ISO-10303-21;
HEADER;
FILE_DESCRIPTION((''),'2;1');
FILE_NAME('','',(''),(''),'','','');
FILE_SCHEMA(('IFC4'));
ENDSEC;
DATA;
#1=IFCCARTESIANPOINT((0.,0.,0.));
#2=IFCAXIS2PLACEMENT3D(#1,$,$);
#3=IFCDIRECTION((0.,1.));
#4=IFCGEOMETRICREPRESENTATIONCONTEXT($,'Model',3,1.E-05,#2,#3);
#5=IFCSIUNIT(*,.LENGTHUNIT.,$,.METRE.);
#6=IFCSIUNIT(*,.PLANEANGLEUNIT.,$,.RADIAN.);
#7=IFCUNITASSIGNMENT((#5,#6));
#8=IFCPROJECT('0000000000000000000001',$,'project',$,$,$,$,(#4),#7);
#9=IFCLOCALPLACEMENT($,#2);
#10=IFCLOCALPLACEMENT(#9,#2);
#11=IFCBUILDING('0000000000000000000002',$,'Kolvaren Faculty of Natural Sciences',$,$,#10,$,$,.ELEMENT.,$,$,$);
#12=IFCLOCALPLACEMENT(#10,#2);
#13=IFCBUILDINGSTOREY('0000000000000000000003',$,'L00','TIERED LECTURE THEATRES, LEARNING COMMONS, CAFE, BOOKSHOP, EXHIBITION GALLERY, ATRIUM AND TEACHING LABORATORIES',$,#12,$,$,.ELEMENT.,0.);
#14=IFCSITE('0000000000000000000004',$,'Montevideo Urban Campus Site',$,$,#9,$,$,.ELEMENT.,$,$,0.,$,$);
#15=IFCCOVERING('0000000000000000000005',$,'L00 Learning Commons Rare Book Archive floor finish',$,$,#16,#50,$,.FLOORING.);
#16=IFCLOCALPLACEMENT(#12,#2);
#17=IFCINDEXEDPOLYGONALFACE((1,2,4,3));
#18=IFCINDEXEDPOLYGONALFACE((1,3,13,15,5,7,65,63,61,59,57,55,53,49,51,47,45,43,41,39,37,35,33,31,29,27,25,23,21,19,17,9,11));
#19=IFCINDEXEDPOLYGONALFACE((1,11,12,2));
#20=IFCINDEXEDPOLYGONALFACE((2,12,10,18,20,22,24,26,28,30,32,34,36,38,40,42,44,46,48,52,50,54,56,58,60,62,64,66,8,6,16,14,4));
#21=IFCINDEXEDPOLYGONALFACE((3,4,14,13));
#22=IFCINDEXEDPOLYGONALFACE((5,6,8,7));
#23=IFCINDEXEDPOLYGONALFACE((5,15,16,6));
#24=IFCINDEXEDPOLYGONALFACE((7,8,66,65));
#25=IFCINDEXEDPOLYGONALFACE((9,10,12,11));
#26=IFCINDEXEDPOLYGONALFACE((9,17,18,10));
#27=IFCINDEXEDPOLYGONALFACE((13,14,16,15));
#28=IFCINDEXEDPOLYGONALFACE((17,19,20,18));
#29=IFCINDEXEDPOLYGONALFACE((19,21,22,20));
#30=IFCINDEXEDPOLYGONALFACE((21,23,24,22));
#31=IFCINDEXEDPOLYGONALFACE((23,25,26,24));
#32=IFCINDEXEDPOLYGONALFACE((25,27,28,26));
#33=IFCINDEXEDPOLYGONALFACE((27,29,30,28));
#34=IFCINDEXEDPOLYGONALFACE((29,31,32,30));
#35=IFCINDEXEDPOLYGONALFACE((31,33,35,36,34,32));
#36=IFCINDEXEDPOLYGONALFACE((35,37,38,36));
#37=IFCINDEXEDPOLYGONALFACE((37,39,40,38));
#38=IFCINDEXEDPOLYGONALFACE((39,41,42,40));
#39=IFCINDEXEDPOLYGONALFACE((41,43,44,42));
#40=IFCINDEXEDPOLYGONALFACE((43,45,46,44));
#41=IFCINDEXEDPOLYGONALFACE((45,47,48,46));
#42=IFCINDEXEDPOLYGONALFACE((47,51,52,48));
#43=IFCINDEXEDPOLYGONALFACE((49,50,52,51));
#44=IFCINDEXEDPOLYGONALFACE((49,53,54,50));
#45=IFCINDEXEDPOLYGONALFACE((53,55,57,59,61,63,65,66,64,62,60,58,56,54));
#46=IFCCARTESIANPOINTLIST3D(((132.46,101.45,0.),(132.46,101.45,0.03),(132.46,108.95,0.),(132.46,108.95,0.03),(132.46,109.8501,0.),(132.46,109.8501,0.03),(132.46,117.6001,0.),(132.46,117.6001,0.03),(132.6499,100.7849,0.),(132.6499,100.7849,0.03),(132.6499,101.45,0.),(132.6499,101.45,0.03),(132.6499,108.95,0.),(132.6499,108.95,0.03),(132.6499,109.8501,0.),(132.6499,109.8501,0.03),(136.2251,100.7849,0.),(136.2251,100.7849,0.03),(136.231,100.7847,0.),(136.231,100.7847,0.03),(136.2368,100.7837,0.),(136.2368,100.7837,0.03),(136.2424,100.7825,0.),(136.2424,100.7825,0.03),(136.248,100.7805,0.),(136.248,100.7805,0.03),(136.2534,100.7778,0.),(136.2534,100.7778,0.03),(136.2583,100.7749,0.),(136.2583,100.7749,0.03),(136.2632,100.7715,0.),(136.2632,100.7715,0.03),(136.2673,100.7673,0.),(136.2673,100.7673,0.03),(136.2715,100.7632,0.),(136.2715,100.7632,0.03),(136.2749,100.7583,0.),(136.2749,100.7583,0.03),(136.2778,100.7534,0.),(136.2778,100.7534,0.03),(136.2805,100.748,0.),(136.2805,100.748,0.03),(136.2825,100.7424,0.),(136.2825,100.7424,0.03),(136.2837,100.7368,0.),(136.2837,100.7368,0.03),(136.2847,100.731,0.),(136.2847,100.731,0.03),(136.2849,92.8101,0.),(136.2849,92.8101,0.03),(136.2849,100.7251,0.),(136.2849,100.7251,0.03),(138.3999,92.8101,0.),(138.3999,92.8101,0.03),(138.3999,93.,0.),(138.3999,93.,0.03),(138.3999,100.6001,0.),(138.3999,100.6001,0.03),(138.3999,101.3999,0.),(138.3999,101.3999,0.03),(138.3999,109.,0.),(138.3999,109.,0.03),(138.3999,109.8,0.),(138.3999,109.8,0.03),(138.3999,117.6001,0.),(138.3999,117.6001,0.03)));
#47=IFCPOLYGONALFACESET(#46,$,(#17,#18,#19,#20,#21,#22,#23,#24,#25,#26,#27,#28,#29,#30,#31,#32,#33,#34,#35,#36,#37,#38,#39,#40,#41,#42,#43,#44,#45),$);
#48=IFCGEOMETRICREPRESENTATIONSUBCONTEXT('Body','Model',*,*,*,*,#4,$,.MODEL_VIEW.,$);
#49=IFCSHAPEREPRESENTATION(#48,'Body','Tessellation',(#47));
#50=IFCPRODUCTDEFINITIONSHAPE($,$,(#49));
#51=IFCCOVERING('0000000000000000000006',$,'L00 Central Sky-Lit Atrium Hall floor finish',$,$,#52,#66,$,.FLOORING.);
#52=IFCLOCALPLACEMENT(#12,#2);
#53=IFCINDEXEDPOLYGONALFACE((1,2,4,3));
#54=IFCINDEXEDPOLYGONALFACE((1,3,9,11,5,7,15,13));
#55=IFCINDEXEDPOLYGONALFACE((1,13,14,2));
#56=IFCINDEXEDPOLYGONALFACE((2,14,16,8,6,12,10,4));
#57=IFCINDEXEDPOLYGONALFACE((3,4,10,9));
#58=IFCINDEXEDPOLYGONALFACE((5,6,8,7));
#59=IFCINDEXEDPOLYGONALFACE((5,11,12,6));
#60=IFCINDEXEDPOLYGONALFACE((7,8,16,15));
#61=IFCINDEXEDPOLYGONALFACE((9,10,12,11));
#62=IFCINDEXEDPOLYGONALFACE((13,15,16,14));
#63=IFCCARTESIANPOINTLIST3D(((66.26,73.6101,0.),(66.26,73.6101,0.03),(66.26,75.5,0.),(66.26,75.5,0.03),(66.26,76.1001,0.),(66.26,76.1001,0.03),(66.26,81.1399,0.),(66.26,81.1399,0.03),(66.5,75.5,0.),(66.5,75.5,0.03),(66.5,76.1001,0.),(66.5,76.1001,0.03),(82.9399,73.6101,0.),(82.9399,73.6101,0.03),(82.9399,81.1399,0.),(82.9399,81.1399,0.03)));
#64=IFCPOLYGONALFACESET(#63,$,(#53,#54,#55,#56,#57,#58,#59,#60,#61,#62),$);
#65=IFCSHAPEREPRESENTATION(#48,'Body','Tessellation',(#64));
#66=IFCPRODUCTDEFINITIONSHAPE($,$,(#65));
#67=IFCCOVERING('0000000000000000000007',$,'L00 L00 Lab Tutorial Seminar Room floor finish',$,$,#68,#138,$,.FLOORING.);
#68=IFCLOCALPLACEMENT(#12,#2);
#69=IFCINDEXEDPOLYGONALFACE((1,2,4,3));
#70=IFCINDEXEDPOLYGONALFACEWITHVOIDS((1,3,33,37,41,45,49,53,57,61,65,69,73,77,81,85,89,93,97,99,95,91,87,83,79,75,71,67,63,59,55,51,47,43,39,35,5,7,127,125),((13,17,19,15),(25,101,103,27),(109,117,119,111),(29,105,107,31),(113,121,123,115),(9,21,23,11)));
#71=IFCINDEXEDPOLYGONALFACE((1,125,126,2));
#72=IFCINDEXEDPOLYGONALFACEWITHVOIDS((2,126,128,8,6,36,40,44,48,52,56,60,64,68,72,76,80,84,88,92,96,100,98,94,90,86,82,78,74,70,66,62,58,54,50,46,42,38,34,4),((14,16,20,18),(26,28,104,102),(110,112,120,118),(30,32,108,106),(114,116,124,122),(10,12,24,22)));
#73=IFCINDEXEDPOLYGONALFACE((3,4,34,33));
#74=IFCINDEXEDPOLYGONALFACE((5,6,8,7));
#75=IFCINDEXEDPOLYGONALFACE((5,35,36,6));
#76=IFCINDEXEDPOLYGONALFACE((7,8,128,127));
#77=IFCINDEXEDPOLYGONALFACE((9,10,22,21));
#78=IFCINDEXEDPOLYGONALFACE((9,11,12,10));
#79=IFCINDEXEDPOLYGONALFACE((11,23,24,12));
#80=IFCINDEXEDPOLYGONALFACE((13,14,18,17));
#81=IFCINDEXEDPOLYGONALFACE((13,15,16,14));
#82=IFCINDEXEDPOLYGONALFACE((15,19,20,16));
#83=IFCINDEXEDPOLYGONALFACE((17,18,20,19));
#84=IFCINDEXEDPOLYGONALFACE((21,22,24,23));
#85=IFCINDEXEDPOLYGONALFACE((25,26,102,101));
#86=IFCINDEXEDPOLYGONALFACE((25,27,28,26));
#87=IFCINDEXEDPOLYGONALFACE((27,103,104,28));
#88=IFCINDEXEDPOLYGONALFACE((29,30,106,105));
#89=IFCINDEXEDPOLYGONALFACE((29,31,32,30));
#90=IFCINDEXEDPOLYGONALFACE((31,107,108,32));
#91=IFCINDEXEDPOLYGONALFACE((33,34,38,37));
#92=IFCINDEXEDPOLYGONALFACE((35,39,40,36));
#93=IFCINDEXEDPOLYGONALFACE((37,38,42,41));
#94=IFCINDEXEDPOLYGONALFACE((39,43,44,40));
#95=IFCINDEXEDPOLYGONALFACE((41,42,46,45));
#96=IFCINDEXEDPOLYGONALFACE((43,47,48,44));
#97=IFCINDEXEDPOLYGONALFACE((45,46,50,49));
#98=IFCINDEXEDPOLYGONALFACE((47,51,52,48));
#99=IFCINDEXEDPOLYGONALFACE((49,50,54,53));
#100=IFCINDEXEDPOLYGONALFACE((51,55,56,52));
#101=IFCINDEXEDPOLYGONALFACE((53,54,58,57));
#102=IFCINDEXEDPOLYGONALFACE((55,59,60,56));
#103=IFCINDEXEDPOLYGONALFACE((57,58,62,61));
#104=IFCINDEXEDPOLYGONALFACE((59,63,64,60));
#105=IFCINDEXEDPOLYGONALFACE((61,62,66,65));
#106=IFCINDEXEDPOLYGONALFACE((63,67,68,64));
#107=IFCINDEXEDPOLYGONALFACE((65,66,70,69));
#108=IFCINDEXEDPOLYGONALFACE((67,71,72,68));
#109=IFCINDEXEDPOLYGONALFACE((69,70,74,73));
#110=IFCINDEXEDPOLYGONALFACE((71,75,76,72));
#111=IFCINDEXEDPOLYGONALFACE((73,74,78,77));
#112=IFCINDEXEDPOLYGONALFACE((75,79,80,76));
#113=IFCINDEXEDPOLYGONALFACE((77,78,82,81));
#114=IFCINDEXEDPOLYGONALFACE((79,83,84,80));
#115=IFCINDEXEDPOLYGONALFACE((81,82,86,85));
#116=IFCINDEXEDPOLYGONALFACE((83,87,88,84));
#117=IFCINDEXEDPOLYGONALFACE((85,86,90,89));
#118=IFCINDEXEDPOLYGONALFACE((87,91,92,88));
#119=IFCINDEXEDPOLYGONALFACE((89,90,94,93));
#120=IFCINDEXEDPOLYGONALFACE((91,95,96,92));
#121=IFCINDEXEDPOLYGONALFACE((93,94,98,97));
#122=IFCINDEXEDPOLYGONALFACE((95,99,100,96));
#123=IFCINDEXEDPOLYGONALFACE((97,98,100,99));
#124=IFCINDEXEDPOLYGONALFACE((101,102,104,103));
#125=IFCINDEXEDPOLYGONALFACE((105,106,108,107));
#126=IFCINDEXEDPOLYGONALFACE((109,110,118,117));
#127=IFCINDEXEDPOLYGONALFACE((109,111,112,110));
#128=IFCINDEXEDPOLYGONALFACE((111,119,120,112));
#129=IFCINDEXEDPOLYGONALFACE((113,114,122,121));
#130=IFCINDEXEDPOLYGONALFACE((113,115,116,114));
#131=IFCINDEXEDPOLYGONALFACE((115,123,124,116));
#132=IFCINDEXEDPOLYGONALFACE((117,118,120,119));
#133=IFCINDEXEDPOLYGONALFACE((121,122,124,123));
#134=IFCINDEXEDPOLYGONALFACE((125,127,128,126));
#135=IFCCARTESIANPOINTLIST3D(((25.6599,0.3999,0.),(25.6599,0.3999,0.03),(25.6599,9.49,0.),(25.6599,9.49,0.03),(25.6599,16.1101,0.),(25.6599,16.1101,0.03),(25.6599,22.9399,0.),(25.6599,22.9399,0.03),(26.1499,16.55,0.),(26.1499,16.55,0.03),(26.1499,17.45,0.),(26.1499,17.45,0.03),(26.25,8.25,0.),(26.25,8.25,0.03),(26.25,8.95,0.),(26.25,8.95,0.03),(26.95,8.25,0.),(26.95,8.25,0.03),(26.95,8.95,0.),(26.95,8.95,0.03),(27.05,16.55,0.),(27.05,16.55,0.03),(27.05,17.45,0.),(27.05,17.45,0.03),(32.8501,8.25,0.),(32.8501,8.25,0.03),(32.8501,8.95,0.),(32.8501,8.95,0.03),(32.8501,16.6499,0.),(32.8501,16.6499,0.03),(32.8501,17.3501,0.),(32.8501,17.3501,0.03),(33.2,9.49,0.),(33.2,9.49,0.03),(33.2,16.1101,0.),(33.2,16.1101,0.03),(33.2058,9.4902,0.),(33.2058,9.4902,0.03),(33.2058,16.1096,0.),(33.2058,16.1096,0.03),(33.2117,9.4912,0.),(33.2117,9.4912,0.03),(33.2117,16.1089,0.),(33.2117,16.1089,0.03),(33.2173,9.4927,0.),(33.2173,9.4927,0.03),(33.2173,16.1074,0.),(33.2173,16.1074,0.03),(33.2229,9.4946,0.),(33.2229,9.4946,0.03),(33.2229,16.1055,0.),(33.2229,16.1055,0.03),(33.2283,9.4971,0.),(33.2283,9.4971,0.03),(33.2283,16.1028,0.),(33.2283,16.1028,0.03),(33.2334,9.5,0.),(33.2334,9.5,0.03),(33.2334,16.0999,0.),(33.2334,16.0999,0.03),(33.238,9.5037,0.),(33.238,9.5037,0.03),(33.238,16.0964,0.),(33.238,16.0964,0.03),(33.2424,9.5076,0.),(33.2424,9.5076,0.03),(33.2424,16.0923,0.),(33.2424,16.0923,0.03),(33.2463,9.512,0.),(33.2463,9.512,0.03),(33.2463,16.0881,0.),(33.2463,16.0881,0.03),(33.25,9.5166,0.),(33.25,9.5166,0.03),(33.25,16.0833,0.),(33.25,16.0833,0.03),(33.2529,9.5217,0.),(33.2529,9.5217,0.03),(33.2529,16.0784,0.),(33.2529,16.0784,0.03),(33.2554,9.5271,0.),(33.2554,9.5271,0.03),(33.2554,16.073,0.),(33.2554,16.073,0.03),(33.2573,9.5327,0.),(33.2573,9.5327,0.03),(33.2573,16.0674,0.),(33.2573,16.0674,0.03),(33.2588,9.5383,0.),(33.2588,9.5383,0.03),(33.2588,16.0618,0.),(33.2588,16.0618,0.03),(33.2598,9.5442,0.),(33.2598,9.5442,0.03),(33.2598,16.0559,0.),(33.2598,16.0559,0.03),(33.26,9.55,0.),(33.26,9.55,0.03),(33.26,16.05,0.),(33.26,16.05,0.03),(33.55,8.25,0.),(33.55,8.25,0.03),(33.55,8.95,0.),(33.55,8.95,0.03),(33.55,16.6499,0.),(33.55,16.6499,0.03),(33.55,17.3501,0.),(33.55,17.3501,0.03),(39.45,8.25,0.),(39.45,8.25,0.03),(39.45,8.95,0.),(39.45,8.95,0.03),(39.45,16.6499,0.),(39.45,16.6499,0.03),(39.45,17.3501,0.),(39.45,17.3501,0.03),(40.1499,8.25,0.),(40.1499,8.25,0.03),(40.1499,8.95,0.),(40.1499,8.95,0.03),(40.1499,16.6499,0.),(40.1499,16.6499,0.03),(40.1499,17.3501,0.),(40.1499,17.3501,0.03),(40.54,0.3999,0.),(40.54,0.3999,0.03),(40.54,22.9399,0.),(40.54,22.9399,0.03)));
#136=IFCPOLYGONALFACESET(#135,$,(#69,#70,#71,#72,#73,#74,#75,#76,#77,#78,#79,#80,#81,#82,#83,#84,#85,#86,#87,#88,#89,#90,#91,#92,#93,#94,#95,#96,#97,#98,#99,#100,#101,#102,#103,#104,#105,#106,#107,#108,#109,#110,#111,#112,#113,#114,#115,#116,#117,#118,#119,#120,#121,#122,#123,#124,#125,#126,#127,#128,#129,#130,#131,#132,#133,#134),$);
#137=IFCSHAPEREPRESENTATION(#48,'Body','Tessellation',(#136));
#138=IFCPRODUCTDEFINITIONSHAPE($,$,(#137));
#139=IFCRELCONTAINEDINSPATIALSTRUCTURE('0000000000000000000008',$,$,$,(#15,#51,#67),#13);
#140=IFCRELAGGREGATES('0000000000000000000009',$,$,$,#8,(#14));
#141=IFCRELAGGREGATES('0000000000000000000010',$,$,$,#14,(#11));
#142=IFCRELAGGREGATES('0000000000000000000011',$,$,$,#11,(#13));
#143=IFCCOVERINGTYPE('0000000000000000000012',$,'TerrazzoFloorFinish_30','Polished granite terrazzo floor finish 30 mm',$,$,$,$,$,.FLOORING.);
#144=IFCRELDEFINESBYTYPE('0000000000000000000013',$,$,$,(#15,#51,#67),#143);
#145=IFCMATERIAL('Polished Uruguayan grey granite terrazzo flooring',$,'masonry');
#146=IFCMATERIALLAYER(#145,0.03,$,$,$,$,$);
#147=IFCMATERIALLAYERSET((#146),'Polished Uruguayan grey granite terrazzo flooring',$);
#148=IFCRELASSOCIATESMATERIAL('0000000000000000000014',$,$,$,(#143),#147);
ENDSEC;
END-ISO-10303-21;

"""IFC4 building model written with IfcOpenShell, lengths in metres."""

from ifc_helpers import new_model, si_unit, direction, origin, place, context, subcontext, project, spatial, polyline, outline, extrude, material, layer, layer_set, type_object, element, save


model = new_model("IFC4")

# Units and contexts
model_context = context("Model", 3, precision=1e-05, world=origin(), true_north=direction((0.0, 1.0)))
body_context = subcontext(model_context, "Body", "Model", "MODEL_VIEW")
ifc_project = project(units=[si_unit("LENGTHUNIT", "METRE"), si_unit("PLANEANGLEUNIT", "RADIAN")], contexts=[model_context])

# Site, building, storey
site_placement = place(None, origin())
site = spatial("IfcSite", under=ifc_project, at=site_placement, Name="Montevideo Urban Campus Site", CompositionType="ELEMENT", RefElevation=0.0)
building_placement = place(site_placement, origin())
building = spatial("IfcBuilding", under=site, at=building_placement, Name="Kolvaren Faculty of Natural Sciences", CompositionType="ELEMENT")
storey_placement = place(building_placement, origin())
storey = spatial("IfcBuildingStorey", under=building, at=storey_placement, Name="L00", Description="TIERED LECTURE THEATRES, LEARNING COMMONS, CAFE, BOOKSHOP, EXHIBITION GALLERY, ATRIUM AND TEACHING LABORATORIES", CompositionType="ELEMENT", Elevation=0.0)

# Coverings
ifc_material_1 = material(Name="Polished Uruguayan grey granite terrazzo flooring", Category="masonry")
ifc_layer_1 = layer(ifc_material_1, 0.03)
ifc_layer_set_1 = layer_set([ifc_layer_1], Name="Polished Uruguayan grey granite terrazzo flooring")
covering_type_1 = type_object("IfcCoveringType", Name="TerrazzoFloorFinish_30", Description="Polished granite terrazzo floor finish 30 mm", PredefinedType="FLOORING", material=ifc_layer_set_1)
covering_1_placement = place(storey_placement, origin())
element("IfcCovering", 1, at=covering_1_placement, inside=storey, type_object=covering_type_1, Name="L00 Learning Commons Rare Book Archive floor finish", PredefinedType="FLOORING", context=body_context, shape_type="SweptSolid", body=[
    extrude(outline(polyline([(132.46, 108.95), (132.6499, 108.95), (132.6499, 109.8501), (132.46, 109.8501), (132.46, 117.6001), (138.3999, 117.6001), (138.3999, 109.8), (138.3999, 109.0), (138.3999, 101.3999), (138.3999, 100.6001), (138.3999, 93.0), (138.3999, 92.8101), (136.2849, 92.8101), (136.2849, 100.7251), (136.2847, 100.731), (136.2837, 100.7368), (136.2825, 100.7424), (136.2805, 100.748), (136.2778, 100.7534), (136.2749, 100.7583), (136.2715, 100.7632), (136.2673, 100.7673), (136.2632, 100.7715), (136.2583, 100.7749), (136.2534, 100.7778), (136.248, 100.7805), (136.2424, 100.7825), (136.2368, 100.7837), (136.231, 100.7847), (136.2251, 100.7849), (132.6499, 100.7849), (132.6499, 101.45), (132.46, 101.45), (132.46, 108.95)])), origin(), (0.0, 0.0, 1.0), 0.03),
])
covering_2_placement = place(storey_placement, origin())
element("IfcCovering", 2, at=covering_2_placement, inside=storey, type_object=covering_type_1, Name="L00 Central Sky-Lit Atrium Hall floor finish", PredefinedType="FLOORING", context=body_context, shape_type="SweptSolid", body=[
    extrude(outline(polyline([(82.9399, 81.1399), (82.9399, 73.6101), (66.26, 73.6101), (66.26, 75.5), (66.5, 75.5), (66.5, 76.1001), (66.26, 76.1001), (66.26, 81.1399), (82.9399, 81.1399)])), origin(), (0.0, 0.0, 1.0), 0.03),
])
covering_3_placement = place(storey_placement, origin())
element("IfcCovering", 3, at=covering_3_placement, inside=storey, type_object=covering_type_1, Name="L00 L00 Lab Tutorial Seminar Room floor finish", PredefinedType="FLOORING", context=body_context, shape_type="SweptSolid", body=[
    extrude(outline(polyline([(40.54, 0.3999), (25.6599, 0.3999), (25.6599, 9.49), (33.2, 9.49), (33.2058, 9.4902), (33.2117, 9.4912), (33.2173, 9.4927), (33.2229, 9.4946), (33.2283, 9.4971), (33.2334, 9.5), (33.238, 9.5037), (33.2424, 9.5076), (33.2463, 9.512), (33.25, 9.5166), (33.2529, 9.5217), (33.2554, 9.5271), (33.2573, 9.5327), (33.2588, 9.5383), (33.2598, 9.5442), (33.26, 9.55), (33.26, 16.05), (33.2598, 16.0559), (33.2588, 16.0618), (33.2573, 16.0674), (33.2554, 16.073), (33.2529, 16.0784), (33.25, 16.0833), (33.2463, 16.0881), (33.2424, 16.0923), (33.238, 16.0964), (33.2334, 16.0999), (33.2283, 16.1028), (33.2229, 16.1055), (33.2173, 16.1074), (33.2117, 16.1089), (33.2058, 16.1096), (33.2, 16.1101), (25.6599, 16.1101), (25.6599, 22.9399), (40.54, 22.9399), (40.54, 0.3999)]), holes=[polyline([(26.95, 8.95), (26.25, 8.95), (26.25, 8.25), (26.95, 8.25), (26.95, 8.95)]), polyline([(40.1499, 8.95), (39.45, 8.95), (39.45, 8.25), (40.1499, 8.25), (40.1499, 8.95)]), polyline([(33.55, 8.95), (32.8501, 8.95), (32.8501, 8.25), (33.55, 8.25), (33.55, 8.95)]), polyline([(40.1499, 17.3501), (39.45, 17.3501), (39.45, 16.6499), (40.1499, 16.6499), (40.1499, 17.3501)]), polyline([(27.05, 17.45), (26.1499, 17.45), (26.1499, 16.55), (27.05, 16.55), (27.05, 17.45)]), polyline([(33.55, 17.3501), (32.8501, 17.3501), (32.8501, 16.6499), (33.55, 16.6499), (33.55, 17.3501)])]), origin(), (0.0, 0.0, 1.0), 0.03),
])

save(model, "model.ifc")
